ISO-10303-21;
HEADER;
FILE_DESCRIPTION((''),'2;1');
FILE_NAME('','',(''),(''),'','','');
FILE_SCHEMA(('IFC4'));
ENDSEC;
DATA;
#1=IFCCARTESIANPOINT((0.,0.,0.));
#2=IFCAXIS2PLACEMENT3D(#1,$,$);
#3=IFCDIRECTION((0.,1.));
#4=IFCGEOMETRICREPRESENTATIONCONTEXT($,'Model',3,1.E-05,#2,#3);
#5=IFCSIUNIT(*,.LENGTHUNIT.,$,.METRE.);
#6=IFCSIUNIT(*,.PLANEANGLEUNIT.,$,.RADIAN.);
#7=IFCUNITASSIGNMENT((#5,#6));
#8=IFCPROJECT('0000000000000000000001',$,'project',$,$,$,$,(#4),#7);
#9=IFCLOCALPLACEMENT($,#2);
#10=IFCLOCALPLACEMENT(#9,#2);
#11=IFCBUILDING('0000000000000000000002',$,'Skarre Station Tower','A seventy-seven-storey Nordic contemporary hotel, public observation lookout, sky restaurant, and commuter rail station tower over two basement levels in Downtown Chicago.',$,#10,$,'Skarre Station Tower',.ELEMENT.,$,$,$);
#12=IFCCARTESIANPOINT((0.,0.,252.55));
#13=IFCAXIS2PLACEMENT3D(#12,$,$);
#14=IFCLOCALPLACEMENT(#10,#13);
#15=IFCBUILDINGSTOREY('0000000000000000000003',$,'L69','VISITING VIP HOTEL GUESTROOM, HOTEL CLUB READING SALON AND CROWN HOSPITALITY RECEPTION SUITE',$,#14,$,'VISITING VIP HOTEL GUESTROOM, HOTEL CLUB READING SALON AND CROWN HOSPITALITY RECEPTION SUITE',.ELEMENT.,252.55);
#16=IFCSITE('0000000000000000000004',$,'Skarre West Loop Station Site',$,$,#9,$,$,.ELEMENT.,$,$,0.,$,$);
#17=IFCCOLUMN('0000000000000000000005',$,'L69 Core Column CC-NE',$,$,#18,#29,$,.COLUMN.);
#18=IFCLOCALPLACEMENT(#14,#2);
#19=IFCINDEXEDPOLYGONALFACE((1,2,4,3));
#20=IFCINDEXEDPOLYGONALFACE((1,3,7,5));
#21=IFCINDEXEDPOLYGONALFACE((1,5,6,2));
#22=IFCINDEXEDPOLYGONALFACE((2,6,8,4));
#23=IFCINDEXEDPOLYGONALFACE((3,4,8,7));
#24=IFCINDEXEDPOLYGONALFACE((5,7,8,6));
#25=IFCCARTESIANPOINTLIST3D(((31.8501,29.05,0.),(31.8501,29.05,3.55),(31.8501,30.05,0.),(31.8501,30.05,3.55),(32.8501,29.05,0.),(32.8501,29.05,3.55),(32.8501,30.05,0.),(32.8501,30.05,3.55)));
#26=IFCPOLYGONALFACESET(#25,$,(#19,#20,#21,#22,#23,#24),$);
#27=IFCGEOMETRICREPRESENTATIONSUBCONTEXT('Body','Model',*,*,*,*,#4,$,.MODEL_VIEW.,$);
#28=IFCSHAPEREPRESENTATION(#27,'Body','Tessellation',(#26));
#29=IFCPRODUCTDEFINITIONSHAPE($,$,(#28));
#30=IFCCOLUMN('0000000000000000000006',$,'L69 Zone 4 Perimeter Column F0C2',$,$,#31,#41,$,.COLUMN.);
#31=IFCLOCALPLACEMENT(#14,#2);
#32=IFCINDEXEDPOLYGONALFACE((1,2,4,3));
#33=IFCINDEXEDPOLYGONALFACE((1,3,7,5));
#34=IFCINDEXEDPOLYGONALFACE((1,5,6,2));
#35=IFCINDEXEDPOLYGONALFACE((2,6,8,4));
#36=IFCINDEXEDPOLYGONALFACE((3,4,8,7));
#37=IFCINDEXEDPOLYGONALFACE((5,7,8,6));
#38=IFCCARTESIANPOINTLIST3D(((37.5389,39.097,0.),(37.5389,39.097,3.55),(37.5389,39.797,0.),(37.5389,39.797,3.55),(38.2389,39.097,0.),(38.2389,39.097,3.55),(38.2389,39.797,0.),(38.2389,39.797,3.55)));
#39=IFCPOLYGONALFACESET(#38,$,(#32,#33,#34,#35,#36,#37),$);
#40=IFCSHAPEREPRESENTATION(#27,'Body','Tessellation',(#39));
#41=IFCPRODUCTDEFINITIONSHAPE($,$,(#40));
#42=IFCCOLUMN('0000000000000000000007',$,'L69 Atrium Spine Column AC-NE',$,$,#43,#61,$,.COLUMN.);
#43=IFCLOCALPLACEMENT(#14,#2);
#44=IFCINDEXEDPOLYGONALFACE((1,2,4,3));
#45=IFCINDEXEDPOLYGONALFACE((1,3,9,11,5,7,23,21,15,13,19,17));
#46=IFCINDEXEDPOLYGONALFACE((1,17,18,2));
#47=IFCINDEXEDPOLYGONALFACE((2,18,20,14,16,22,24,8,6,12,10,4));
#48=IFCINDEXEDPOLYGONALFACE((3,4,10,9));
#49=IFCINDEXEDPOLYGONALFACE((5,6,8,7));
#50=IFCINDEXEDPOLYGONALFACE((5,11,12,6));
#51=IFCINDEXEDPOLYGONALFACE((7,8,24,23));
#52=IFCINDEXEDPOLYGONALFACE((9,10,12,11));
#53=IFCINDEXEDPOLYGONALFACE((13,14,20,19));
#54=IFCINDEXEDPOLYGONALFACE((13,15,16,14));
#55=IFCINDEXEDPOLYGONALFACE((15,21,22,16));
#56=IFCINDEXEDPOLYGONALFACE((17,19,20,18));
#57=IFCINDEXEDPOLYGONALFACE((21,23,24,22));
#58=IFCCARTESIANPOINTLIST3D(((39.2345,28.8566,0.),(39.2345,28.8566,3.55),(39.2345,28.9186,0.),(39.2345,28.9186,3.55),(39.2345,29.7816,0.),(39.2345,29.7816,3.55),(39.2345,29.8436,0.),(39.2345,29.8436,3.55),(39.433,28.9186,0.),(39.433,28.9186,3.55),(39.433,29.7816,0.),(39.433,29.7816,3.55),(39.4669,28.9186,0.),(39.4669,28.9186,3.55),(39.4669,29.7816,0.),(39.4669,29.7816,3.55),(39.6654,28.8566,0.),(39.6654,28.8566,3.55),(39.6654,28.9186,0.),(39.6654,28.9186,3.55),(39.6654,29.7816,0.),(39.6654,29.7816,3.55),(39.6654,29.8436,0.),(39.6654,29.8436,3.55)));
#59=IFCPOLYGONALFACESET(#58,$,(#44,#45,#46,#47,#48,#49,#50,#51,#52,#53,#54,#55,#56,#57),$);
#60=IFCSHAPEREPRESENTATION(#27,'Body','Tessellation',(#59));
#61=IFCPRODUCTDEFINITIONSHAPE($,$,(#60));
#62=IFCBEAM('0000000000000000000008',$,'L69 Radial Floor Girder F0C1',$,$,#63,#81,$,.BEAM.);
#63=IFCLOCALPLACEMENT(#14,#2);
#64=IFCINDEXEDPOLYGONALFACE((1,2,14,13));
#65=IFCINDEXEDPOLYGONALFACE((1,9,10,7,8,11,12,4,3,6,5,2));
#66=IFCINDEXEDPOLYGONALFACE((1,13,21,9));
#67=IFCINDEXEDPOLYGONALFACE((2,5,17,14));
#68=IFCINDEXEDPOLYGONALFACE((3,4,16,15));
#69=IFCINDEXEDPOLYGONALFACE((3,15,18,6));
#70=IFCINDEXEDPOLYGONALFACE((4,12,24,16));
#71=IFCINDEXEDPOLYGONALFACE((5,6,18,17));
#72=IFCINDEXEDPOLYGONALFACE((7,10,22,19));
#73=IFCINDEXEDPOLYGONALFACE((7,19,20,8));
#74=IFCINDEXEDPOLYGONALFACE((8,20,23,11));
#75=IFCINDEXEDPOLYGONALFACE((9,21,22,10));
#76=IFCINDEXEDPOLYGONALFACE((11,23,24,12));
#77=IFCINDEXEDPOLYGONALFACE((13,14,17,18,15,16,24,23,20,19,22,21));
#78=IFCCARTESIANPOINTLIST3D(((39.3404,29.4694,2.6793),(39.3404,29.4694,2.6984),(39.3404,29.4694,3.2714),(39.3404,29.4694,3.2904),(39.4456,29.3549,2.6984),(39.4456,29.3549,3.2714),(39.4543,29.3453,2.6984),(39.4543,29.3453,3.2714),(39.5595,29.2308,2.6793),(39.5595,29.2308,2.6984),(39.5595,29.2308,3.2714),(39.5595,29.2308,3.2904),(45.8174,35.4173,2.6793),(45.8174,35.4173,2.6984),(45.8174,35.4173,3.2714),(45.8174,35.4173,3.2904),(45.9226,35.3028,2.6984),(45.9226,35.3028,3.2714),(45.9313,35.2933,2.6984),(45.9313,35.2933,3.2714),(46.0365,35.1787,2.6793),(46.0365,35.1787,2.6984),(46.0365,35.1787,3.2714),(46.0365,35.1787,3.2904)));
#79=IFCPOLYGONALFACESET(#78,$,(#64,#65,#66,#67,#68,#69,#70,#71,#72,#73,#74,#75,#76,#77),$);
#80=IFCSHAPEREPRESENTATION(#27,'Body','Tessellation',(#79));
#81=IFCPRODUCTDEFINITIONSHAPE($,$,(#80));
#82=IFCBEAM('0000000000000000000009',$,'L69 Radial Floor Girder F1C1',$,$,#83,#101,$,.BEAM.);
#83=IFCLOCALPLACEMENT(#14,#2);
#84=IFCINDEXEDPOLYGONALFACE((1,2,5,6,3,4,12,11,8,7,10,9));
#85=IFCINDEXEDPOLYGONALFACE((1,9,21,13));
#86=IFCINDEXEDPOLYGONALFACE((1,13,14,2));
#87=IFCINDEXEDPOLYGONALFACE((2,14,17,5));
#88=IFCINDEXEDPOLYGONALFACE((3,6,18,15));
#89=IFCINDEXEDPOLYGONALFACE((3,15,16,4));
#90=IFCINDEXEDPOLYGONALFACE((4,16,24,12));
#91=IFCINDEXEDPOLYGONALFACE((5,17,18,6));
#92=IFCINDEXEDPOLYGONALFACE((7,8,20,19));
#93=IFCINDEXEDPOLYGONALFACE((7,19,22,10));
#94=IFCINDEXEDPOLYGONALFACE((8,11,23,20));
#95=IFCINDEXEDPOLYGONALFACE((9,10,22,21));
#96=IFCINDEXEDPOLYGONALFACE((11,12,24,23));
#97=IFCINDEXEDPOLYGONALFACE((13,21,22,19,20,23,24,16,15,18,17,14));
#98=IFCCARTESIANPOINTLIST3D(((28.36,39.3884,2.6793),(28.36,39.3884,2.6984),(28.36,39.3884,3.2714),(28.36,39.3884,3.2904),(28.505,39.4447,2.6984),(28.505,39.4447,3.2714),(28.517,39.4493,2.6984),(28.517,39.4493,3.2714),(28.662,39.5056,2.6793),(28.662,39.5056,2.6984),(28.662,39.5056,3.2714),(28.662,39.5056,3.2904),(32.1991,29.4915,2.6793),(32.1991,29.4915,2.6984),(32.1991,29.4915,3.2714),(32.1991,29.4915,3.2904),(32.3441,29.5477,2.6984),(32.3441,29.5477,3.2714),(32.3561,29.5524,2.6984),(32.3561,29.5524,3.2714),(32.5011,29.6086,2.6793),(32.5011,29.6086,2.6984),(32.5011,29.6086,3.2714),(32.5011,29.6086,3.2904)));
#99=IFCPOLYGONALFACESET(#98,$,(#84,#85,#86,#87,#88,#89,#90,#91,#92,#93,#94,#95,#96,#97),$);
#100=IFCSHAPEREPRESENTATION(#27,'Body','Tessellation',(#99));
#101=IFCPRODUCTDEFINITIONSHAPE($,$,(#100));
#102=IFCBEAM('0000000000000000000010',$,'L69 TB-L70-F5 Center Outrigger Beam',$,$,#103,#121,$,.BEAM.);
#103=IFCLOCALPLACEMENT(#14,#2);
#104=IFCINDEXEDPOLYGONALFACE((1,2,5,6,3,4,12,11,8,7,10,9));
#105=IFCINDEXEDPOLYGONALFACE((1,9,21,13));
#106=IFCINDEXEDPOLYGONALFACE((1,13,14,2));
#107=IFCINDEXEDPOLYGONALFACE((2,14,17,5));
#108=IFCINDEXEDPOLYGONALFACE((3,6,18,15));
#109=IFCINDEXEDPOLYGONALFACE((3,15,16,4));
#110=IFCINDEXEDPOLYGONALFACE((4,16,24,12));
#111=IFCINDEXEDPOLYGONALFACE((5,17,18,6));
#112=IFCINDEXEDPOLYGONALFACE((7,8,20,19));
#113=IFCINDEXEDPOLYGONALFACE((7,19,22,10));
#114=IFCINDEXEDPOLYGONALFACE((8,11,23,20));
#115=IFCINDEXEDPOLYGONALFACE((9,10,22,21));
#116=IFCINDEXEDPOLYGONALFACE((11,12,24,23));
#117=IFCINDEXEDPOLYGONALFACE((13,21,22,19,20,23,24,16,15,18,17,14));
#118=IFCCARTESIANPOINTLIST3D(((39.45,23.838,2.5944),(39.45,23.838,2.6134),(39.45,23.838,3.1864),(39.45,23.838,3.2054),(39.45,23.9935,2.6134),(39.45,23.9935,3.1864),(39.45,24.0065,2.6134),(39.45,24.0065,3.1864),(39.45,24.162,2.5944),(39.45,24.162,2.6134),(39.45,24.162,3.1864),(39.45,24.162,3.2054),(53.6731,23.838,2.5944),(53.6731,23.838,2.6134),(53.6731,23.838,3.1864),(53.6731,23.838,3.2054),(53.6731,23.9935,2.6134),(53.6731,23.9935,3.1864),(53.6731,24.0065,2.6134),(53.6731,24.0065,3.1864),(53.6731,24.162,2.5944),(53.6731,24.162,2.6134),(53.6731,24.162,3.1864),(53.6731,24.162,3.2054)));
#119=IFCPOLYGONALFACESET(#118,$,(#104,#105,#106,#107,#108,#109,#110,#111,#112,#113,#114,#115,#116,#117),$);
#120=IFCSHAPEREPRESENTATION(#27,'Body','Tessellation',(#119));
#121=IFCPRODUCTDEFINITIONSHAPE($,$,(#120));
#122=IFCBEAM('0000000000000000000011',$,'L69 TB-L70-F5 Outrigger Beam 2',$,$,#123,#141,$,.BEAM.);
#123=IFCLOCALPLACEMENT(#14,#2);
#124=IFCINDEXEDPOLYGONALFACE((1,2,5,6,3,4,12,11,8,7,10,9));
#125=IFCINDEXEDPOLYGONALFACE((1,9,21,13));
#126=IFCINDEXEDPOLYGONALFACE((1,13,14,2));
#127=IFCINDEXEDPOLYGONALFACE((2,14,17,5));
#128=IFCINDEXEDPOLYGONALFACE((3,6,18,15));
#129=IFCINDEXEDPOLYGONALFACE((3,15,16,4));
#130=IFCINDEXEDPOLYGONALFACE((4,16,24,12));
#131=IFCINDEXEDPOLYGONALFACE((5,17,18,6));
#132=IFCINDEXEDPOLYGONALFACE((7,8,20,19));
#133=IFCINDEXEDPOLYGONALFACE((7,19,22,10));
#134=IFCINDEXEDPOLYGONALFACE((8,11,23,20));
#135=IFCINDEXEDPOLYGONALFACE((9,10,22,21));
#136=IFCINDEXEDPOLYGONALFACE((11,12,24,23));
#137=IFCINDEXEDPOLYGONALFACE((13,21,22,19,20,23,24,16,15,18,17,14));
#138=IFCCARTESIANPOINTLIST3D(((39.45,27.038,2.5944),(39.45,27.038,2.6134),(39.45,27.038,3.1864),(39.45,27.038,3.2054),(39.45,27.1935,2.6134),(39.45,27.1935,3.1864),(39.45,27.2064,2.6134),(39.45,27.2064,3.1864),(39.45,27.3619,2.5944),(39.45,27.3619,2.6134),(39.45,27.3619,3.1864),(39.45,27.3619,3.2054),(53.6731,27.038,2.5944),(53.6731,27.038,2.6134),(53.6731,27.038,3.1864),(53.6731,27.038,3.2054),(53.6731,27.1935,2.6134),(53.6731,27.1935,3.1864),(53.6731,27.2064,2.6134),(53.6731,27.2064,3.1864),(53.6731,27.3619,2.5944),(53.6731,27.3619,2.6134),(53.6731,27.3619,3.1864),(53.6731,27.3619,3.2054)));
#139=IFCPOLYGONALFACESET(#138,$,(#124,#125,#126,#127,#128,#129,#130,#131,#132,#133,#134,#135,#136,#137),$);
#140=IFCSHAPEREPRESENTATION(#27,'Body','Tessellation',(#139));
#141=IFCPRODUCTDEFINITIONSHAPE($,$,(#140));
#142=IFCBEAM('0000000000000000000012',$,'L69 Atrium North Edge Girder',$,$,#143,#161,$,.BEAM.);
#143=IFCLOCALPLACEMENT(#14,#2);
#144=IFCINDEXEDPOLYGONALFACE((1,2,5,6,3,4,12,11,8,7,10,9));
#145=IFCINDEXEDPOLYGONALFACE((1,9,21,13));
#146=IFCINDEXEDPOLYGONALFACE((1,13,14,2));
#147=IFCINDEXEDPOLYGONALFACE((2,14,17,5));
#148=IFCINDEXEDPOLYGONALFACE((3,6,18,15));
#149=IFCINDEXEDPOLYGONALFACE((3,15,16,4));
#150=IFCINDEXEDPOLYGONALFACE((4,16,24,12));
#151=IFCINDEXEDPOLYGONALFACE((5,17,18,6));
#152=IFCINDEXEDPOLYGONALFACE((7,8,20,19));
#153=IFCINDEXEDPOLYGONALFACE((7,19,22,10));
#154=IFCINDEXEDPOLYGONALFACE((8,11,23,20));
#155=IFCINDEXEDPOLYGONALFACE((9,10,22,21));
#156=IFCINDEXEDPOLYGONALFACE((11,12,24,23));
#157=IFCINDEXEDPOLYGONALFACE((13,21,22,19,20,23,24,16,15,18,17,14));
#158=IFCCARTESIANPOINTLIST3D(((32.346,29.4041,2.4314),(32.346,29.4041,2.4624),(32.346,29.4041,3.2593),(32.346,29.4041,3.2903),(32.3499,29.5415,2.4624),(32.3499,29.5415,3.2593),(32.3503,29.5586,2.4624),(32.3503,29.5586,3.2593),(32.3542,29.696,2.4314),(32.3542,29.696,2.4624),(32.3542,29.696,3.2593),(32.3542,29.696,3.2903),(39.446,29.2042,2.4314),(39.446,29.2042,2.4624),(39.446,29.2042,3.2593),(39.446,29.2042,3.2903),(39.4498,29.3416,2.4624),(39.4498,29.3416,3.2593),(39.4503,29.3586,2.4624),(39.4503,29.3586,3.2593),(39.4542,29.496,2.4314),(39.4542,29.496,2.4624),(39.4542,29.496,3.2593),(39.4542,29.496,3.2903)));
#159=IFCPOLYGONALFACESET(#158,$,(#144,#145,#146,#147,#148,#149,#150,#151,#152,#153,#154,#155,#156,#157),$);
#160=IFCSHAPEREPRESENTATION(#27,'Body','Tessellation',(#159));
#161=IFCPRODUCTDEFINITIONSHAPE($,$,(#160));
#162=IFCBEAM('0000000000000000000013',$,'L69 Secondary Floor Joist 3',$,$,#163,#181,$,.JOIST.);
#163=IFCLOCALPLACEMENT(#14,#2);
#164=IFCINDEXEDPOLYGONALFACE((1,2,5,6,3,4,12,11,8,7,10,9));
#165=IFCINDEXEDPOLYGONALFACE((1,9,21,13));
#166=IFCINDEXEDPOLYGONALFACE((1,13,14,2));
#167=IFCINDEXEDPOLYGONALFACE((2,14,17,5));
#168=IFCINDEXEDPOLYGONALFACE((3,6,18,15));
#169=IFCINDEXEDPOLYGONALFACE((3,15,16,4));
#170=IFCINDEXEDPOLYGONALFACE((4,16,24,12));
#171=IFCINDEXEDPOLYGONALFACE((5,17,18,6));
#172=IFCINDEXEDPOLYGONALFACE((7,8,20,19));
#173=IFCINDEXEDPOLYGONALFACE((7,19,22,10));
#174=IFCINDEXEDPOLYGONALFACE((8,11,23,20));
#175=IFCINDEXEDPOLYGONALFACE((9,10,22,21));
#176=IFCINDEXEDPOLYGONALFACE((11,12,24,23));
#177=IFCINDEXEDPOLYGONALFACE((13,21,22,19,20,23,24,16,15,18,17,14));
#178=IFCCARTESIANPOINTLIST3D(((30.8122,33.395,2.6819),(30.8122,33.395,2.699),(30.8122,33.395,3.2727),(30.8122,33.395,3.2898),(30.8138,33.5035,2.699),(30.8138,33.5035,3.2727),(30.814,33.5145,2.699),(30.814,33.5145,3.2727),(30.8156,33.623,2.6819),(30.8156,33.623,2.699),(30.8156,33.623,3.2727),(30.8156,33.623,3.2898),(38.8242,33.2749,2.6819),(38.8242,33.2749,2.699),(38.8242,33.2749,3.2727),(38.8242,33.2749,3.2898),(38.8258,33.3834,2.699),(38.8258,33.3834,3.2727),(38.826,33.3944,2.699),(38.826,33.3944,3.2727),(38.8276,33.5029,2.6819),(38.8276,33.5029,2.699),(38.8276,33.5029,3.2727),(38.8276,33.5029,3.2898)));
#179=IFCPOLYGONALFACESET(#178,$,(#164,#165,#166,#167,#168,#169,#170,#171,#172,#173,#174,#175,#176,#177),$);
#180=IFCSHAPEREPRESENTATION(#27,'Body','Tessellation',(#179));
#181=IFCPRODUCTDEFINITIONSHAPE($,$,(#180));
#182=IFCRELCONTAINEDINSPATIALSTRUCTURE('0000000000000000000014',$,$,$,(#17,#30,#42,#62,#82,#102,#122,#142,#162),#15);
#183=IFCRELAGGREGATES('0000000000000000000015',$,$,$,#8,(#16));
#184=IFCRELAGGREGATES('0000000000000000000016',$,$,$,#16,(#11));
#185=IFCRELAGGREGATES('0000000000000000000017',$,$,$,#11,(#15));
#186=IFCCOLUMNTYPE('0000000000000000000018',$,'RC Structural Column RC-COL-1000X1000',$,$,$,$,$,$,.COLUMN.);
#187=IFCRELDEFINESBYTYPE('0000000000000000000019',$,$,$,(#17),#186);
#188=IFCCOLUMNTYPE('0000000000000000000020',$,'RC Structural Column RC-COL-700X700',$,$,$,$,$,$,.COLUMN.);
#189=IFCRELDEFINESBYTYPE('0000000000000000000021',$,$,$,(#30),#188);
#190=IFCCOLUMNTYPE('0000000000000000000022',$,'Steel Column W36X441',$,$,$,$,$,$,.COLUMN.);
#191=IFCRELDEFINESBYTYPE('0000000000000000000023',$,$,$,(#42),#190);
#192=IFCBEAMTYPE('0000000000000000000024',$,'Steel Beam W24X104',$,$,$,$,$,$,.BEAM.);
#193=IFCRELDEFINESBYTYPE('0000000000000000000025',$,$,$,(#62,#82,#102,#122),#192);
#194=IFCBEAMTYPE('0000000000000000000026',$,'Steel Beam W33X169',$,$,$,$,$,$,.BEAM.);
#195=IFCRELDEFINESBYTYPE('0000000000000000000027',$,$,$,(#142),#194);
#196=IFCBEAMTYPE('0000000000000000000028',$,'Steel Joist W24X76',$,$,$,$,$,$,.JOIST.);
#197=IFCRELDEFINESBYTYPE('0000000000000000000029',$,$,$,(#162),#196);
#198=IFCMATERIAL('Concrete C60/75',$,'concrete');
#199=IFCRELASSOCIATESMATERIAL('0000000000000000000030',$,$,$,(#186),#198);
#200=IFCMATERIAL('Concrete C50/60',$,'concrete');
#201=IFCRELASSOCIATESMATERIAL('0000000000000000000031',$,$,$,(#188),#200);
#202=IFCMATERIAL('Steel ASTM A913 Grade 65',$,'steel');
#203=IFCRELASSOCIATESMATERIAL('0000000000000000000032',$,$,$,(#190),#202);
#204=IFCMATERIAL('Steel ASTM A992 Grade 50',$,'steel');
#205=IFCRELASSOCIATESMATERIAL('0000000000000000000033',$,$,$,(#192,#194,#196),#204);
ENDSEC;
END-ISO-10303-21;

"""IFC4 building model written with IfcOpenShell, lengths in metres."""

from ifc_helpers import new_model, si_unit, direction, frame, origin, origin_2d, place, context, subcontext, project, spatial, rectangle, i_section, extrude, material, material_profile, profile_set, type_object, element, save


model = new_model("IFC4")

# Units and contexts
model_context = context("Model", 3, precision=1e-05, world=origin(), true_north=direction((0.0, 1.0)))
body_context = subcontext(model_context, "Body", "Model", "MODEL_VIEW")
ifc_project = project(units=[si_unit("LENGTHUNIT", "METRE"), si_unit("PLANEANGLEUNIT", "RADIAN")], contexts=[model_context])

# Site, building, storey
site_placement = place(None, origin())
site = spatial("IfcSite", under=ifc_project, at=site_placement, Name="Skarre West Loop Station Site", CompositionType="ELEMENT", RefElevation=0.0)
building_placement = place(site_placement, origin())
building = spatial("IfcBuilding", under=site, at=building_placement, Name="Skarre Station Tower", Description="A seventy-seven-storey Nordic contemporary hotel, public observation lookout, sky restaurant, and commuter rail station tower over two basement levels in Downtown Chicago.", LongName="Skarre Station Tower", CompositionType="ELEMENT")
storey_placement = place(building_placement, frame((0.0, 0.0, 252.55)))
storey = spatial("IfcBuildingStorey", under=building, at=storey_placement, Name="L69", Description="VISITING VIP HOTEL GUESTROOM, HOTEL CLUB READING SALON AND CROWN HOSPITALITY RECEPTION SUITE", LongName="VISITING VIP HOTEL GUESTROOM, HOTEL CLUB READING SALON AND CROWN HOSPITALITY RECEPTION SUITE", CompositionType="ELEMENT", Elevation=252.55)

# Columns
ifc_material_1 = material(Name="Concrete C60/75", Category="concrete")
ifc_material_profile_1 = material_profile(ifc_material_1, rectangle(XDim=1.0, YDim=1.0, at=origin_2d()), Name="Concrete C60/75")
ifc_profile_set_1 = profile_set([ifc_material_profile_1], Name="Concrete C60/75")
column_type_1 = type_object("IfcColumnType", Name="RC Structural Column RC-COL-1000X1000", PredefinedType="COLUMN", material=ifc_profile_set_1)
column_1_placement = place(storey_placement, frame((32.3501, 29.55, 0.0), z_axis=(0.0, 0.0, 1.0), x_axis=(1.0, 0.0, 0.0)))
element("IfcColumn", 1, at=column_1_placement, inside=storey, type_object=column_type_1, Name="L69 Core Column CC-NE", PredefinedType="COLUMN", context=body_context, shape_type="SweptSolid", body=[
    extrude(rectangle(XDim=1.0, YDim=1.0, at=origin_2d()), origin(), (0.0, 0.0, 1.0), 3.55),
])
ifc_material_2 = material(Name="Concrete C50/60", Category="concrete")
ifc_material_profile_2 = material_profile(ifc_material_2, rectangle(XDim=0.7, YDim=0.7, at=origin_2d()), Name="Concrete C50/60")
ifc_profile_set_2 = profile_set([ifc_material_profile_2], Name="Concrete C50/60")
column_type_2 = type_object("IfcColumnType", Name="RC Structural Column RC-COL-700X700", PredefinedType="COLUMN", material=ifc_profile_set_2)
column_2_placement = place(storey_placement, frame((37.8889, 39.447, 0.0), z_axis=(0.0, 0.0, 1.0), x_axis=(1.0, 0.0, 0.0)))
element("IfcColumn", 2, at=column_2_placement, inside=storey, type_object=column_type_2, Name="L69 Zone 4 Perimeter Column F0C2", PredefinedType="COLUMN", context=body_context, shape_type="SweptSolid", body=[
    extrude(rectangle(XDim=0.7, YDim=0.7, at=origin_2d()), origin(), (0.0, 0.0, 1.0), 3.55),
])
ifc_material_3 = material(Name="Steel ASTM A913 Grade 65", Category="steel")
ifc_material_profile_3 = material_profile(ifc_material_3, i_section(OverallWidth=0.4309, OverallDepth=0.9871, WebThickness=0.0339, FlangeThickness=0.062, at=origin_2d()), Name="Steel ASTM A913 Grade 65")
ifc_profile_set_3 = profile_set([ifc_material_profile_3], Name="Steel ASTM A913 Grade 65")
column_type_3 = type_object("IfcColumnType", Name="Steel Column W36X441", PredefinedType="COLUMN", material=ifc_profile_set_3)
column_3_placement = place(storey_placement, frame((39.45, 29.3501, 0.0), z_axis=(0.0, 0.0, 1.0), x_axis=(1.0, 0.0, 0.0)))
element("IfcColumn", 3, at=column_3_placement, inside=storey, type_object=column_type_3, Name="L69 Atrium Spine Column AC-NE", PredefinedType="COLUMN", context=body_context, shape_type="SweptSolid", body=[
    extrude(i_section(OverallWidth=0.4309, OverallDepth=0.9871, WebThickness=0.0339, FlangeThickness=0.062, at=origin_2d()), origin(), (0.0, 0.0, 1.0), 3.55),
])

# Beams
ifc_material_4 = material(Name="Steel ASTM A992 Grade 50", Category="steel")
ifc_material_profile_4 = material_profile(ifc_material_4, i_section(OverallWidth=0.324, OverallDepth=0.6111, WebThickness=0.0129, FlangeThickness=0.019, at=origin_2d()), Name="Steel ASTM A992 Grade 50")
ifc_profile_set_4 = profile_set([ifc_material_profile_4], Name="Steel ASTM A992 Grade 50")
beam_type_1 = type_object("IfcBeamType", Name="Steel Beam W24X104", PredefinedType="BEAM", material=ifc_profile_set_4)
beam_1_placement = place(storey_placement, frame((39.45, 29.3501, 2.9849), z_axis=(0.736548, 0.676386, 0.0), x_axis=(-0.676386, 0.736548, 0.0)))
element("IfcBeam", 4, at=beam_1_placement, inside=storey, type_object=beam_type_1, Name="L69 Radial Floor Girder F0C1", PredefinedType="BEAM", context=body_context, shape_type="SweptSolid", body=[
    extrude(i_section(OverallWidth=0.324, OverallDepth=0.6111, WebThickness=0.0129, FlangeThickness=0.019, at=origin_2d()), origin(), (0.0, 0.0, 1.0), 8.7937),
])
beam_2_placement = place(storey_placement, frame((32.3501, 29.55, 2.9849), z_axis=(-0.361651, 0.932313, 0.0), x_axis=(-0.932313, -0.361651, 0.0)))
element("IfcBeam", 5, at=beam_2_placement, inside=storey, type_object=beam_type_1, Name="L69 Radial Floor Girder F1C1", PredefinedType="BEAM", context=body_context, shape_type="SweptSolid", body=[
    extrude(i_section(OverallWidth=0.324, OverallDepth=0.6111, WebThickness=0.0129, FlangeThickness=0.019, at=origin_2d()), origin(), (0.0, 0.0, 1.0), 10.6155),
])
for number, where, z_axis, x_axis, name in (
    (6, (39.45, 24.0, 2.8999), (1.0, 0.0, 0.0), (0.0, 1.0, 0.0), "L69 TB-L70-F5 Center Outrigger Beam"),
    (7, (39.45, 27.2, 2.8999), (1.0, 0.0, 0.0), (0.0, 1.0, 0.0), "L69 TB-L70-F5 Outrigger Beam 2"),
):
    element("IfcBeam", number, at=place(storey_placement, frame(where, z_axis=z_axis, x_axis=x_axis)), inside=storey, type_object=beam_type_1, Name=name, PredefinedType="BEAM", context=body_context, shape_type="SweptSolid", body=[
        extrude(i_section(OverallWidth=0.324, OverallDepth=0.6111, WebThickness=0.0129, FlangeThickness=0.019, at=origin_2d()), origin(), (0.0, 0.0, 1.0), 14.2231),
    ])
ifc_material_profile_5 = material_profile(ifc_material_4, i_section(OverallWidth=0.292, OverallDepth=0.8589, WebThickness=0.0171, FlangeThickness=0.031, at=origin_2d()), Name="Steel ASTM A992 Grade 50")
ifc_profile_set_5 = profile_set([ifc_material_profile_5], Name="Steel ASTM A992 Grade 50")
beam_type_2 = type_object("IfcBeamType", Name="Steel Beam W33X169", PredefinedType="BEAM", material=ifc_profile_set_5)
beam_3_placement = place(storey_placement, frame((32.3501, 29.55, 2.8608), z_axis=(0.999604, -0.028152, 0.0), x_axis=(0.028152, 0.999604, 0.0)))
element("IfcBeam", 8, at=beam_3_placement, inside=storey, type_object=beam_type_2, Name="L69 Atrium North Edge Girder", PredefinedType="BEAM", context=body_context, shape_type="SweptSolid", body=[
    extrude(i_section(OverallWidth=0.292, OverallDepth=0.8589, WebThickness=0.0171, FlangeThickness=0.031, at=origin_2d()), origin(), (0.0, 0.0, 1.0), 7.1028),
])
ifc_material_profile_6 = material_profile(ifc_material_4, i_section(OverallWidth=0.228, OverallDepth=0.6079, WebThickness=0.011, FlangeThickness=0.0171, at=origin_2d()), Name="Steel ASTM A992 Grade 50")
ifc_profile_set_6 = profile_set([ifc_material_profile_6], Name="Steel ASTM A992 Grade 50")
beam_type_3 = type_object("IfcBeamType", Name="Steel Joist W24X76", PredefinedType="JOIST", material=ifc_profile_set_6)
beam_4_placement = place(storey_placement, frame((38.8259, 33.3889, 2.9858), z_axis=(-0.999888, 0.014991, 0.0), x_axis=(-0.014991, -0.999888, 0.0)))
element("IfcBeam", 9, at=beam_4_placement, inside=storey, type_object=beam_type_3, Name="L69 Secondary Floor Joist 3", PredefinedType="JOIST", context=body_context, shape_type="SweptSolid", body=[
    extrude(i_section(OverallWidth=0.228, OverallDepth=0.6079, WebThickness=0.011, FlangeThickness=0.0171, at=origin_2d()), origin(), (0.0, 0.0, 1.0), 8.0129),
])

save(model, "model.ifc")
